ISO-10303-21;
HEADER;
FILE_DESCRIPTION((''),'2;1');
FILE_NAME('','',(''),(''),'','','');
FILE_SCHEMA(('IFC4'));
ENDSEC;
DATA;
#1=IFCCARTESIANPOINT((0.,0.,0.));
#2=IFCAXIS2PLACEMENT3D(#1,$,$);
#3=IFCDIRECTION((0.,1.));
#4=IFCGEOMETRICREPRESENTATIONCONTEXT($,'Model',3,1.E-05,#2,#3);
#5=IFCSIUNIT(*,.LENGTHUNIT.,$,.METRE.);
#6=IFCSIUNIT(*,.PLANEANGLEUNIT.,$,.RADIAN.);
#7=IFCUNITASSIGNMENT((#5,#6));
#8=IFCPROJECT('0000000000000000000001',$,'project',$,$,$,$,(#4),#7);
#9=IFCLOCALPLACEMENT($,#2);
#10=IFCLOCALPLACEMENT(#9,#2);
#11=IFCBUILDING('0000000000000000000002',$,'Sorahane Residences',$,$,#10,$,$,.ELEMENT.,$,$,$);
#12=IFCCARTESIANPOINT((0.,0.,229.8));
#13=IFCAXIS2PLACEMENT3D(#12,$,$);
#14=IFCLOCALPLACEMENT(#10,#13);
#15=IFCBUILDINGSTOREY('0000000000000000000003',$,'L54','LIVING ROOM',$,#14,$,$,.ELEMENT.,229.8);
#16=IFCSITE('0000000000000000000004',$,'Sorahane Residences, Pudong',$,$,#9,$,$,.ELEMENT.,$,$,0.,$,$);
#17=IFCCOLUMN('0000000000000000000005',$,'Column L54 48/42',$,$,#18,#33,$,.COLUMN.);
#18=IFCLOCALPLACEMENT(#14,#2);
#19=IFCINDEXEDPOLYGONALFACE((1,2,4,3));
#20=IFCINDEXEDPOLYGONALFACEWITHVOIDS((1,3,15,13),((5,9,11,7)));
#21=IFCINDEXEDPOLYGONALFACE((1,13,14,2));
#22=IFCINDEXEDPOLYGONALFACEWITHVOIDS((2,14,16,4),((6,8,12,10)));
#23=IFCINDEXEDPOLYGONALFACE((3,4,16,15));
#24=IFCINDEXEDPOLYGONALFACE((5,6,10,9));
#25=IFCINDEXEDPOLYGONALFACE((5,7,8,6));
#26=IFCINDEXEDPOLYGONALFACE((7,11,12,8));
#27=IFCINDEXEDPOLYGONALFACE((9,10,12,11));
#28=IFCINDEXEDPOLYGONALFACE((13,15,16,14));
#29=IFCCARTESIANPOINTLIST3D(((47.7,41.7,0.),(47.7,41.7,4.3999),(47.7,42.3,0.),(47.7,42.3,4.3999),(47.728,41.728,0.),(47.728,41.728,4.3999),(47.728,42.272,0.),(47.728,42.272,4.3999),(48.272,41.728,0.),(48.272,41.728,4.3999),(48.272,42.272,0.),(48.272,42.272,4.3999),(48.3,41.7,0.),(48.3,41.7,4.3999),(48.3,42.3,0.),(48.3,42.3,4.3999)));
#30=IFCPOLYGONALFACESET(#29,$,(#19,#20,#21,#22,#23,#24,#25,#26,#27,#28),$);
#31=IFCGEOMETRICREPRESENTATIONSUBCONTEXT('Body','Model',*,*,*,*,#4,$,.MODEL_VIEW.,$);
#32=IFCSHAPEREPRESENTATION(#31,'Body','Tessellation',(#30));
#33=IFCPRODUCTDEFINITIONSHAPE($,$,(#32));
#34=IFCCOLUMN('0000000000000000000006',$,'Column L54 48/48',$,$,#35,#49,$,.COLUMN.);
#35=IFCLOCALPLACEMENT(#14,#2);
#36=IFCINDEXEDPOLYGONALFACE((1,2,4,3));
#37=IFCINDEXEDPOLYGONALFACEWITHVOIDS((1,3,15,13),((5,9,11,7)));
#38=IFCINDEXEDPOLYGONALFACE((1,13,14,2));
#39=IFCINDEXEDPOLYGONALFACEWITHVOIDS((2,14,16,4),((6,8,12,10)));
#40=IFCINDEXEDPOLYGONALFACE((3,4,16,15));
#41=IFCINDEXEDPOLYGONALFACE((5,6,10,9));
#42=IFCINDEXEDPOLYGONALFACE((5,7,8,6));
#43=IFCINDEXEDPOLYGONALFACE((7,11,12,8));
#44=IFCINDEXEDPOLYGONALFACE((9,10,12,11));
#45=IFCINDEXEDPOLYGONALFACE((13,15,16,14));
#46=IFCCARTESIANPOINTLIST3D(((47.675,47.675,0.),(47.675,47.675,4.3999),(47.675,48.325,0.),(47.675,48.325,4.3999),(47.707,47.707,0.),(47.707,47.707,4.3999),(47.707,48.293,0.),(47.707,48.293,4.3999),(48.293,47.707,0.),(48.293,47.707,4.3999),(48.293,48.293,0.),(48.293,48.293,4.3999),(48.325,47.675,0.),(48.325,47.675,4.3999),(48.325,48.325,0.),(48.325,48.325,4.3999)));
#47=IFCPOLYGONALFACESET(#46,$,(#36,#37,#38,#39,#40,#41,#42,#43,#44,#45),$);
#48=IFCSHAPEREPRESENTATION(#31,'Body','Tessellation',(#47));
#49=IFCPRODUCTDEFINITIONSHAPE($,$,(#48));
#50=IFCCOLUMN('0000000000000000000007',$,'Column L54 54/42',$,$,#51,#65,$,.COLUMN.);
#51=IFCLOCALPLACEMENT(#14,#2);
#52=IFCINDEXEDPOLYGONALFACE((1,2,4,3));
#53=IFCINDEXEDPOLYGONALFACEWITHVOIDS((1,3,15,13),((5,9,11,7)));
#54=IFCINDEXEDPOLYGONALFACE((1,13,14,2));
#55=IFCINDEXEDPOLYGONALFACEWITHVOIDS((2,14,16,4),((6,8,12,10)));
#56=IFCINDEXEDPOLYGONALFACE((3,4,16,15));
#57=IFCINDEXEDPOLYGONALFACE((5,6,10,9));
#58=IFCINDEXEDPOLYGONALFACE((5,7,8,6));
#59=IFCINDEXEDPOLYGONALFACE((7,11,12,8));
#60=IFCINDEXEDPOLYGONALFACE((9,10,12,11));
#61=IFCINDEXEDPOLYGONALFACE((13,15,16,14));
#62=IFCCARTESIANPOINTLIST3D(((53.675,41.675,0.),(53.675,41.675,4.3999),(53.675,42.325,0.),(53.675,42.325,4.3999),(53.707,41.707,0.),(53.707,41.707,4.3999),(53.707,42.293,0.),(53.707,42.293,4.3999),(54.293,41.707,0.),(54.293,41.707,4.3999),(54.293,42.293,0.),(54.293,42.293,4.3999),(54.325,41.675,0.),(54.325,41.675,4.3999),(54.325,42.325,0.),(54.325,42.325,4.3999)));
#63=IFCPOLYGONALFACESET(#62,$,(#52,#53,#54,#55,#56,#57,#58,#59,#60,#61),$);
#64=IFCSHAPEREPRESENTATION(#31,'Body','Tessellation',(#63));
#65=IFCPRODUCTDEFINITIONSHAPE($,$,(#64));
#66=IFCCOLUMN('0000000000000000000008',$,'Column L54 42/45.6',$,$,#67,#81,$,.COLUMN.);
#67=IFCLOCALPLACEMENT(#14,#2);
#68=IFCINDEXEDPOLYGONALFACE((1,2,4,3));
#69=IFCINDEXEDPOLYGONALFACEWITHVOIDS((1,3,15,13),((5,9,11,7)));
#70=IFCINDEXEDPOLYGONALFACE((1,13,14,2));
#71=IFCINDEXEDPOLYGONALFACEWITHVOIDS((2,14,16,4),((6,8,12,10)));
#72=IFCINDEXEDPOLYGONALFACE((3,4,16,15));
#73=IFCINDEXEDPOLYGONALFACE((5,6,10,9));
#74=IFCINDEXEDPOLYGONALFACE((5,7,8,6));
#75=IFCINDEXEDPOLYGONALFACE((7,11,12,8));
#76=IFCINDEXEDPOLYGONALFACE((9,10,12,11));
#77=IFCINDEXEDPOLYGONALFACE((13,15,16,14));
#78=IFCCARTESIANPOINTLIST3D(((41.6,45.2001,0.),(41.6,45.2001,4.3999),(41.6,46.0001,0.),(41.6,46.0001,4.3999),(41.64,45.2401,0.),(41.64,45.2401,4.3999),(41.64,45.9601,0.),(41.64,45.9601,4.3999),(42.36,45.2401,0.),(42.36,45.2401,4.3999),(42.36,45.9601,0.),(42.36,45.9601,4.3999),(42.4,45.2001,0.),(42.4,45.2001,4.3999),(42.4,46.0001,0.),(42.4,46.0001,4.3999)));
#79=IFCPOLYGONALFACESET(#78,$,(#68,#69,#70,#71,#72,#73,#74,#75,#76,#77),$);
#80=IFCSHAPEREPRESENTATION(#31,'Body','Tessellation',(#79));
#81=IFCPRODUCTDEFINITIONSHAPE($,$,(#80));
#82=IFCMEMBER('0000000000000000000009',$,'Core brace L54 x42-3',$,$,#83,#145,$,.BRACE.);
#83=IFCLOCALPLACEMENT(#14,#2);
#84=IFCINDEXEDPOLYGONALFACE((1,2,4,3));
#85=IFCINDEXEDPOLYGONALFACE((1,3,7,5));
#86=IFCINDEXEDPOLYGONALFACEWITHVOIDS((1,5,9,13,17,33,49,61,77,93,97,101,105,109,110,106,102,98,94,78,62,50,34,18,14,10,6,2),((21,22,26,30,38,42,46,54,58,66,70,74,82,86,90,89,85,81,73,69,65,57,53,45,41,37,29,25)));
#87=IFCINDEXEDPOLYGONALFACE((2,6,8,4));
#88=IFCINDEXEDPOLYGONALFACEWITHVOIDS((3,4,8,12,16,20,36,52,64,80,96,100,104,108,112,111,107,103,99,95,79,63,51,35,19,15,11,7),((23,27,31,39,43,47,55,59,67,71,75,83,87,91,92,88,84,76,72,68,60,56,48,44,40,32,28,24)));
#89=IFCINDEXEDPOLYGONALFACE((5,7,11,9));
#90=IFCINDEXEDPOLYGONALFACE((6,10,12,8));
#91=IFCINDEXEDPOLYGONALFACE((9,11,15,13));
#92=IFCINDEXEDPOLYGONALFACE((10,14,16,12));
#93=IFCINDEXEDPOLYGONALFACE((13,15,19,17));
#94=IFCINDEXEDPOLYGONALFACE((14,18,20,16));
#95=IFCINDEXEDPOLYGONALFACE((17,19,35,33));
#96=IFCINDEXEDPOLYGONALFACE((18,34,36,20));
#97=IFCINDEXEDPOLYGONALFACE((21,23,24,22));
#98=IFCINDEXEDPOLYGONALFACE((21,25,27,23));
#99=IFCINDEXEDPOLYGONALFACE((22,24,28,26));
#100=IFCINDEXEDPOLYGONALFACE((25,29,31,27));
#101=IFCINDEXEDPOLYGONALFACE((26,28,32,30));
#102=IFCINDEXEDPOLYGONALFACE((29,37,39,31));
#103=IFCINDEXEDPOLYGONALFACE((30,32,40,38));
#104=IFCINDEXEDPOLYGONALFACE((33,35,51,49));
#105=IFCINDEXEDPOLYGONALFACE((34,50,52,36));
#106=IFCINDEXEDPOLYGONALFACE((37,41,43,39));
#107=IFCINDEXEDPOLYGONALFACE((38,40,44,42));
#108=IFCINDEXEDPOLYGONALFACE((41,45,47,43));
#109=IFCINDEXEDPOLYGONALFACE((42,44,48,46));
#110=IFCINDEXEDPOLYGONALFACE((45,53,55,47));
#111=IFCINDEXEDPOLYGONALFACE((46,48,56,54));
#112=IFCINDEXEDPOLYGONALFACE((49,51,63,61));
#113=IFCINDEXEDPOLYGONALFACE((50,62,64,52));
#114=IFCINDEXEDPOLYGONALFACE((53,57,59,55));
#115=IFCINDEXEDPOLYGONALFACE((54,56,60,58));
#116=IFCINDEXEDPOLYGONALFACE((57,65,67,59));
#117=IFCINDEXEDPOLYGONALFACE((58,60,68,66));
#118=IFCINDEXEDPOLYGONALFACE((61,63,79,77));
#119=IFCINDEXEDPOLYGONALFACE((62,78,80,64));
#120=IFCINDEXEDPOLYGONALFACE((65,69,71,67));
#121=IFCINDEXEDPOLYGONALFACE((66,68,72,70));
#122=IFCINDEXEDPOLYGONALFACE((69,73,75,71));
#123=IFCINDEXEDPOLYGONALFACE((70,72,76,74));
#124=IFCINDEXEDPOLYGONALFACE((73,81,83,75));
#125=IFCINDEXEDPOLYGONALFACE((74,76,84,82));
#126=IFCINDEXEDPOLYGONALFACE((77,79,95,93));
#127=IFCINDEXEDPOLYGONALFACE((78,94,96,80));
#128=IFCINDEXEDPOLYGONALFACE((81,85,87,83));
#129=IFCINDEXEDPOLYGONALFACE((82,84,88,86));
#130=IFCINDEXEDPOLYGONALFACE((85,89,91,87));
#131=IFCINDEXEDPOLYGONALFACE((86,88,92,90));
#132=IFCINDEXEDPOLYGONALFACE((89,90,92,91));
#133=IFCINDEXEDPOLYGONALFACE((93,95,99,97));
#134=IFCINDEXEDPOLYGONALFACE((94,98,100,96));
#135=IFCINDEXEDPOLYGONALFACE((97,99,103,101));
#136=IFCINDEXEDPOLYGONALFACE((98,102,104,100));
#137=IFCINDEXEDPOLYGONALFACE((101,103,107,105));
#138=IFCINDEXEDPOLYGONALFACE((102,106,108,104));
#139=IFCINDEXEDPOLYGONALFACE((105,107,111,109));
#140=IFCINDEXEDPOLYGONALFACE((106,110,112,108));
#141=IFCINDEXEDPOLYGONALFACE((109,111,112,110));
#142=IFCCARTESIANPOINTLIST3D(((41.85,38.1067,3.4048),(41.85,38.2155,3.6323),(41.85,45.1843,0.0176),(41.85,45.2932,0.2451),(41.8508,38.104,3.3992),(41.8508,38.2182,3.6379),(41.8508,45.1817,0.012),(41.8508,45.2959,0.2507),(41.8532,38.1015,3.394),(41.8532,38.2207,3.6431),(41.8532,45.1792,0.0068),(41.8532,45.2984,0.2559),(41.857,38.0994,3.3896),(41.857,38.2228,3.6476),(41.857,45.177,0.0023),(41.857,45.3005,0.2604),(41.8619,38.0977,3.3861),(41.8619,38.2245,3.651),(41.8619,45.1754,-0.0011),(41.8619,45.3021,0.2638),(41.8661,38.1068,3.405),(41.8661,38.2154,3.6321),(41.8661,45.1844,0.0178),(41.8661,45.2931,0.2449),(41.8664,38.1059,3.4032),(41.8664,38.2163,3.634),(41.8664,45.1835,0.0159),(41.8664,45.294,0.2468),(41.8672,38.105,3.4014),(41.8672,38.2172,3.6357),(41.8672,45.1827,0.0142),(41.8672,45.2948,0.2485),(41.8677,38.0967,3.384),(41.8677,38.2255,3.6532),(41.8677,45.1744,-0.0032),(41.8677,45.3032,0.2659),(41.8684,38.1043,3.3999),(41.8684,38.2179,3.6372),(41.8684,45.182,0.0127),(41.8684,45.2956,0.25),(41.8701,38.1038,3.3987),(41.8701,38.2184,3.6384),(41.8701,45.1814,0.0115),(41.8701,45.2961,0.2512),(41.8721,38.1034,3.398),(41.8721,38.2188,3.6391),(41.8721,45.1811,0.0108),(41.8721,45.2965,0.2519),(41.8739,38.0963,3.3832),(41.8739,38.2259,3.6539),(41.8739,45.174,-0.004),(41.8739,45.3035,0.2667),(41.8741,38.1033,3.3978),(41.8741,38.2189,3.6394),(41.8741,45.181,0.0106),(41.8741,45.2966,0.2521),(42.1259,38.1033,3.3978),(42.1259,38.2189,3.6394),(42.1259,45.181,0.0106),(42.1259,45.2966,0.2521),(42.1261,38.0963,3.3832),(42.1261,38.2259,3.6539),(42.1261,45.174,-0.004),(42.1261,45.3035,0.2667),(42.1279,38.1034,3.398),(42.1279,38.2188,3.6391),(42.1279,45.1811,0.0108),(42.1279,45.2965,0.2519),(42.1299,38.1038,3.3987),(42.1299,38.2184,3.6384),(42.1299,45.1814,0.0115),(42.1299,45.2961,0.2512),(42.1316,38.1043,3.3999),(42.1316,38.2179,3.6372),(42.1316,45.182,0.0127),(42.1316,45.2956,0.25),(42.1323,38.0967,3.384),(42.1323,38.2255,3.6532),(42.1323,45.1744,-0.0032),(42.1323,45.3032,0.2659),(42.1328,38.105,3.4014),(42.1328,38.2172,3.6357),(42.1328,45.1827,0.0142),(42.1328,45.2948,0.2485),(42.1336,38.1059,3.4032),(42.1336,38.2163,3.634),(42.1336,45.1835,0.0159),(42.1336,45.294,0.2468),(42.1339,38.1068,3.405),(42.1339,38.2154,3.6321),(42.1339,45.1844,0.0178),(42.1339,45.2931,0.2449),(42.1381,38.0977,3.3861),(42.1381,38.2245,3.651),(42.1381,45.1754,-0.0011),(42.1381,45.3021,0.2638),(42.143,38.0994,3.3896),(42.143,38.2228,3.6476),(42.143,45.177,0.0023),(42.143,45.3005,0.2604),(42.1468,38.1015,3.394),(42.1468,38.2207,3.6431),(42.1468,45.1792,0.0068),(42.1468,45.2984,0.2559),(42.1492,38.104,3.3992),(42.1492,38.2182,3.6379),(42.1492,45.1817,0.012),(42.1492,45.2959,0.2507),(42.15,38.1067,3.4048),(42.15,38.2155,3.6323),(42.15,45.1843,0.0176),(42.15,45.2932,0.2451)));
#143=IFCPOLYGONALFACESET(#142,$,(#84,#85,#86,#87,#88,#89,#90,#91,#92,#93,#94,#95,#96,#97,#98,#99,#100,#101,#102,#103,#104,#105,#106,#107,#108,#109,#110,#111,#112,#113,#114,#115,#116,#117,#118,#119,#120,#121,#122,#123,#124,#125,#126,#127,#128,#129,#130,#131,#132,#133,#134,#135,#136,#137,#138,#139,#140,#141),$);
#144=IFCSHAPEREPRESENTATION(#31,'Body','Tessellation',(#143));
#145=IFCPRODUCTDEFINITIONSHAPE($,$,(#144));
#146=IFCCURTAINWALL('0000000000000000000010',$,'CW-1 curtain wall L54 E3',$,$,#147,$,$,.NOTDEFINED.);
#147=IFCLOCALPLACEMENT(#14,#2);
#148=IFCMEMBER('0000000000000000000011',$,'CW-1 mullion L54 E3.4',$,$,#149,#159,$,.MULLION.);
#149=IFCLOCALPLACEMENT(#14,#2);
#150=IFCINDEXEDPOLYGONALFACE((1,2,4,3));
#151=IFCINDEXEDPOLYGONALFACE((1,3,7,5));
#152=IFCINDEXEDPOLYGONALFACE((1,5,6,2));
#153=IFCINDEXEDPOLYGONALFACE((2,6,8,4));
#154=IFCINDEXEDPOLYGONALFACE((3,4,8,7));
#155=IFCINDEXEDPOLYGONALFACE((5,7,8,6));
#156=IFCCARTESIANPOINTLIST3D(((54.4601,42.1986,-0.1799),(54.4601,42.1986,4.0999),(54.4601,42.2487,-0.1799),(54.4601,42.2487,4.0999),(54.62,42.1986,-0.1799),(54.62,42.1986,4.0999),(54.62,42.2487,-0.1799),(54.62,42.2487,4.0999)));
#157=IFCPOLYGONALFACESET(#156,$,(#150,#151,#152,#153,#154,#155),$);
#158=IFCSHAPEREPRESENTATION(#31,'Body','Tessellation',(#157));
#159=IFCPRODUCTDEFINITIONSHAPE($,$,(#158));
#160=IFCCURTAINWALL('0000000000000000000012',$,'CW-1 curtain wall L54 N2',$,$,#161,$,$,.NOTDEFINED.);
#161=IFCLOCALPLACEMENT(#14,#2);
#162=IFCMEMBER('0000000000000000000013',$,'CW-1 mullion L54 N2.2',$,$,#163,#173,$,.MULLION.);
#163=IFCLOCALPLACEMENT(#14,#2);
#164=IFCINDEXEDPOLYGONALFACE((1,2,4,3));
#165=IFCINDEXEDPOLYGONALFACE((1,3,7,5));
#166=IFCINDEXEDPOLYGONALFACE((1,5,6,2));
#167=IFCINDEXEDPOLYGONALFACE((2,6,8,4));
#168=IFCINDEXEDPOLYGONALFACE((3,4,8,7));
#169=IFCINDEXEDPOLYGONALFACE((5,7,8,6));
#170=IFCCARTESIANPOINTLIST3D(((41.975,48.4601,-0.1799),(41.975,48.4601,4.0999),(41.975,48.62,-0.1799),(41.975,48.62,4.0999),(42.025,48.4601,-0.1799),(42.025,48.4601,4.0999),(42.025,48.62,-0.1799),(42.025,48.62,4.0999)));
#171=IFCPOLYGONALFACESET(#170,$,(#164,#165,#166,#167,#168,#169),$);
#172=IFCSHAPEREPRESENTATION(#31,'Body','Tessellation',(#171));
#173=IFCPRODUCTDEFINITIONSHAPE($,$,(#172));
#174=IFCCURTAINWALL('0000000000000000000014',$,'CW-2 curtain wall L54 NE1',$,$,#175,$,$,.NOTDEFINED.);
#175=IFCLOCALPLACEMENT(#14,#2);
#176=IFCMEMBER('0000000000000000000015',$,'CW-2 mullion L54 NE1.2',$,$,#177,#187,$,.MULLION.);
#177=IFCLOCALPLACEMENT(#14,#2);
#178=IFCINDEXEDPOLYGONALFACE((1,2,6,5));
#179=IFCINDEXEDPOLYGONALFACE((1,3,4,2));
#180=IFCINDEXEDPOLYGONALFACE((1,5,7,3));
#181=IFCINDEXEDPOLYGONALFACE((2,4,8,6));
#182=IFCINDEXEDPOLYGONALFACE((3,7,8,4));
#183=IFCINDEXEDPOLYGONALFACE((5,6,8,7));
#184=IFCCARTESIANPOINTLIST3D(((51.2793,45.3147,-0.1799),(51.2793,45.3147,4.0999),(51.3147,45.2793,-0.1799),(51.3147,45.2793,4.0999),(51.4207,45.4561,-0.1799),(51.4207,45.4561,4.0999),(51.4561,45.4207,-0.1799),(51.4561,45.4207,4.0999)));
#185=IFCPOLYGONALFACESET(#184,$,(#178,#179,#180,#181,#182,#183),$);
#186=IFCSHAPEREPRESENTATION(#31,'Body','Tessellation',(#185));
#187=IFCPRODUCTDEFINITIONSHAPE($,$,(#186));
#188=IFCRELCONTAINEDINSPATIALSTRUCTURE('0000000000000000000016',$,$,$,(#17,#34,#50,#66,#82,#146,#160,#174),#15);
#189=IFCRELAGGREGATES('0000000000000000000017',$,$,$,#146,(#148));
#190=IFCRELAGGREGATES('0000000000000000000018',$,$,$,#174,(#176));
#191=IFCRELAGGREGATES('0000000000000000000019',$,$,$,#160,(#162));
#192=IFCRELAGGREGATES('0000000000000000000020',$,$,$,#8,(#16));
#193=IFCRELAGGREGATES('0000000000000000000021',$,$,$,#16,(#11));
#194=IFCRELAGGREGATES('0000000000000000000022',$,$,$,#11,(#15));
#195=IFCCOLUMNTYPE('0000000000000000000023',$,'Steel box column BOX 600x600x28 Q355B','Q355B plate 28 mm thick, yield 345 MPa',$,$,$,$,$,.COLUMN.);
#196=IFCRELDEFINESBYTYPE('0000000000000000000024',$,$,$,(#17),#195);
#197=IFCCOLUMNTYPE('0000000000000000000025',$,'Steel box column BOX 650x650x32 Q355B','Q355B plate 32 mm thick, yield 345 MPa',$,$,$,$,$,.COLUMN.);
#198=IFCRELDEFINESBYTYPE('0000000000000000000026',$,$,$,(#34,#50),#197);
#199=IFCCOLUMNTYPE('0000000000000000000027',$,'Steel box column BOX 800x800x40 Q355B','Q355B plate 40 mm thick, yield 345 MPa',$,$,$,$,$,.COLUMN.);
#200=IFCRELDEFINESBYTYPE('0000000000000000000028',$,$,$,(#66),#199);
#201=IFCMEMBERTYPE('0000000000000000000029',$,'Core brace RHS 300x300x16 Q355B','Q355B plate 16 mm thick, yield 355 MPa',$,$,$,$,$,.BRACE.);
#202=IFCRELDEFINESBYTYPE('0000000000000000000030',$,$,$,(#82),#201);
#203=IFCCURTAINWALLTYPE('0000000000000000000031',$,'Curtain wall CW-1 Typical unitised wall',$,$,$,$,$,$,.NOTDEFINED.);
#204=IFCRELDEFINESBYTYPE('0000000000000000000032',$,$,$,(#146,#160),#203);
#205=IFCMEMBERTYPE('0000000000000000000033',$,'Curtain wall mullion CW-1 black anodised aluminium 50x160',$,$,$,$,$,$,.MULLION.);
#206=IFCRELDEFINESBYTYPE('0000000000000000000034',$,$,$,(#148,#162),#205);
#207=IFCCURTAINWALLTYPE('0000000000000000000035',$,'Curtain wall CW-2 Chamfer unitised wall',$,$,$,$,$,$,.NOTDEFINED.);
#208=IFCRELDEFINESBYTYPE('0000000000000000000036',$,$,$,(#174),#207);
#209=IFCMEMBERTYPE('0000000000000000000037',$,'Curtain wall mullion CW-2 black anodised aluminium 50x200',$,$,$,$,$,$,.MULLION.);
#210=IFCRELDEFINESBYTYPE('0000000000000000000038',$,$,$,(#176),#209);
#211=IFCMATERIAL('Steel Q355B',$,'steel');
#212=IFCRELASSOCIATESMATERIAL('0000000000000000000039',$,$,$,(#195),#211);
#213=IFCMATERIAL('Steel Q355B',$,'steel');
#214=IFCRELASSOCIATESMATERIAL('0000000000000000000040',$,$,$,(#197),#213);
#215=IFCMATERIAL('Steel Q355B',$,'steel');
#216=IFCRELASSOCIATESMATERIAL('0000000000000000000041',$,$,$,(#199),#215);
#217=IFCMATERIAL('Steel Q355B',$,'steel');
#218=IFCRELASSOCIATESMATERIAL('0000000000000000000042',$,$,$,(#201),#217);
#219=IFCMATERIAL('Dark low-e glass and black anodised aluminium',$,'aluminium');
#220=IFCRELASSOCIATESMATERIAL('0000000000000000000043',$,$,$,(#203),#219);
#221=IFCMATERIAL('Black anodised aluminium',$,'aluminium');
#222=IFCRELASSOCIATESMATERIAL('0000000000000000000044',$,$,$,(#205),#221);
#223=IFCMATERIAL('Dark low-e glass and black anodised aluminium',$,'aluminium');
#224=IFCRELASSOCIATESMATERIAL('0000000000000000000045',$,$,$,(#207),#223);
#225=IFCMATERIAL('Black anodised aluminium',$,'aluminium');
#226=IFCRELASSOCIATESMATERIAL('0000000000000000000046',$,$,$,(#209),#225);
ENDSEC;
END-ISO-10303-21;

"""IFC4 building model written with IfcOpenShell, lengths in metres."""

from ifc_helpers import new_model, si_unit, direction, frame, origin, origin_2d, place, context, subcontext, project, spatial, rectangle, hollow_rectangle, extrude, material, material_profile, profile_set, type_object, element, aggregate, save


model = new_model("IFC4")

# Units and contexts
model_context = context("Model", 3, precision=1e-05, world=origin(), true_north=direction((0.0, 1.0)))
body_context = subcontext(model_context, "Body", "Model", "MODEL_VIEW")
ifc_project = project(units=[si_unit("LENGTHUNIT", "METRE"), si_unit("PLANEANGLEUNIT", "RADIAN")], contexts=[model_context])

# Site, building, storey
site_placement = place(None, origin())
site = spatial("IfcSite", under=ifc_project, at=site_placement, Name="Sorahane Residences, Pudong", CompositionType="ELEMENT", RefElevation=0.0)
building_placement = place(site_placement, origin())
building = spatial("IfcBuilding", under=site, at=building_placement, Name="Sorahane Residences", CompositionType="ELEMENT")
storey_placement = place(building_placement, frame((0.0, 0.0, 229.8)))
storey = spatial("IfcBuildingStorey", under=building, at=storey_placement, Name="L54", Description="LIVING ROOM", CompositionType="ELEMENT", Elevation=229.8)

# Columns
ifc_material_1 = material(Name="Steel Q355B", Category="steel")
ifc_material_profile_1 = material_profile(ifc_material_1, hollow_rectangle(XDim=0.6001, YDim=0.6001, WallThickness=0.0281, at=origin_2d()), Name="BOX 600x600x28")
ifc_profile_set_1 = profile_set([ifc_material_profile_1], Name="Steel Q355B")
column_type_1 = type_object("IfcColumnType", Name="Steel box column BOX 600x600x28 Q355B", Description="Q355B plate 28 mm thick, yield 345 MPa", PredefinedType="COLUMN", material=ifc_profile_set_1)
column_1_placement = place(storey_placement, frame((48.0, 42.0, 0.0), z_axis=(0.0, 0.0, 1.0), x_axis=(1.0, 0.0, 0.0)))
element("IfcColumn", 1, at=column_1_placement, inside=storey, type_object=column_type_1, Name="Column L54 48/42", PredefinedType="COLUMN", context=body_context, shape_type="SweptSolid", body=[
    extrude(hollow_rectangle(XDim=0.6001, YDim=0.6001, WallThickness=0.0281, at=origin_2d()), origin(), (0.0, 0.0, 1.0), 4.3999),
])
ifc_material_2 = material(Name="Steel Q355B", Category="steel")
ifc_material_profile_2 = material_profile(ifc_material_2, hollow_rectangle(XDim=0.6499, YDim=0.6499, WallThickness=0.032, at=origin_2d()), Name="BOX 650x650x32")
ifc_profile_set_2 = profile_set([ifc_material_profile_2], Name="Steel Q355B")
column_type_2 = type_object("IfcColumnType", Name="Steel box column BOX 650x650x32 Q355B", Description="Q355B plate 32 mm thick, yield 345 MPa", PredefinedType="COLUMN", material=ifc_profile_set_2)
for number, where, z_axis, x_axis, name in (
    (2, (48.0, 48.0, 0.0), (0.0, 0.0, 1.0), (1.0, 0.0, 0.0), "Column L54 48/48"),
    (3, (54.0, 42.0, 0.0), (0.0, 0.0, 1.0), (1.0, 0.0, 0.0), "Column L54 54/42"),
):
    element("IfcColumn", number, at=place(storey_placement, frame(where, z_axis=z_axis, x_axis=x_axis)), inside=storey, type_object=column_type_2, Name=name, PredefinedType="COLUMN", context=body_context, shape_type="SweptSolid", body=[
        extrude(hollow_rectangle(XDim=0.6499, YDim=0.6499, WallThickness=0.032, at=origin_2d()), origin(), (0.0, 0.0, 1.0), 4.3999),
    ])
ifc_material_3 = material(Name="Steel Q355B", Category="steel")
ifc_material_profile_3 = material_profile(ifc_material_3, hollow_rectangle(XDim=0.8, YDim=0.8, WallThickness=0.04, at=origin_2d()), Name="BOX 800x800x40")
ifc_profile_set_3 = profile_set([ifc_material_profile_3], Name="Steel Q355B")
column_type_3 = type_object("IfcColumnType", Name="Steel box column BOX 800x800x40 Q355B", Description="Q355B plate 40 mm thick, yield 345 MPa", PredefinedType="COLUMN", material=ifc_profile_set_3)
column_2_placement = place(storey_placement, frame((42.0, 45.6001, 0.0), z_axis=(0.0, 0.0, 1.0), x_axis=(1.0, 0.0, 0.0)))
element("IfcColumn", 4, at=column_2_placement, inside=storey, type_object=column_type_3, Name="Column L54 42/45.6", PredefinedType="COLUMN", context=body_context, shape_type="SweptSolid", body=[
    extrude(hollow_rectangle(XDim=0.8, YDim=0.8, WallThickness=0.04, at=origin_2d()), origin(), (0.0, 0.0, 1.0), 4.3999),
])

# Member
ifc_material_4 = material(Name="Steel Q355B", Category="steel")
ifc_material_profile_4 = material_profile(ifc_material_4, hollow_rectangle(XDim=0.3, YDim=0.3, WallThickness=0.0161, InnerFilletRadius=0.0081, OuterFilletRadius=0.0239, at=origin_2d()), Name="RHS 300x300x16")
ifc_profile_set_4 = profile_set([ifc_material_profile_4], Name="Steel Q355B")
member_type_1 = type_object("IfcMemberType", Name="Core brace RHS 300x300x16 Q355B", Description="Q355B plate 16 mm thick, yield 355 MPa", PredefinedType="BRACE", material=ifc_profile_set_4)
member_1_placement = place(storey_placement, frame((42.0, 45.2388, 0.1313), z_axis=(0.0, -0.902023, 0.431689), x_axis=(1.0, 0.0, 0.0)))
element("IfcMember", 5, at=member_1_placement, inside=storey, type_object=member_type_1, Name="Core brace L54 x42-3", PredefinedType="BRACE", context=body_context, shape_type="SweptSolid", body=[
    extrude(hollow_rectangle(XDim=0.3, YDim=0.3, WallThickness=0.0161, InnerFilletRadius=0.0081, OuterFilletRadius=0.0239, at=origin_2d()), origin(), (0.0, 0.0, 1.0), 7.8464),
])

# Curtain walls, members
ifc_material_5 = material(Name="Dark low-e glass and black anodised aluminium", Category="aluminium")
curtain_wall_type_1 = type_object("IfcCurtainWallType", Name="Curtain wall CW-1 Typical unitised wall", PredefinedType="NOTDEFINED", material=ifc_material_5)
curtain_wall_1_placement = place(storey_placement, origin())
curtain_wall_1 = element("IfcCurtainWall", 6, at=curtain_wall_1_placement, inside=storey, type_object=curtain_wall_type_1, Name="CW-1 curtain wall L54 E3", PredefinedType="NOTDEFINED")
ifc_material_6 = material(Name="Black anodised aluminium", Category="aluminium")
ifc_material_profile_5 = material_profile(ifc_material_6, rectangle(XDim=0.1599, YDim=0.05, at=origin_2d()), Name="Curtain wall mullion CW-1 black anodised aluminium 50x160")
ifc_profile_set_5 = profile_set([ifc_material_profile_5], Name="Black anodised aluminium")
member_type_2 = type_object("IfcMemberType", Name="Curtain wall mullion CW-1 black anodised aluminium 50x160", PredefinedType="MULLION", material=ifc_profile_set_5)
member_2_placement = place(storey_placement, frame((54.54, 42.2236, -0.1799), z_axis=(0.0, 0.0, 1.0), x_axis=(1.0, 0.0, 0.0)))
member_2 = element("IfcMember", 7, at=member_2_placement, type_object=member_type_2, Name="CW-1 mullion L54 E3.4", PredefinedType="MULLION", context=body_context, shape_type="SweptSolid", body=[
    extrude(rectangle(XDim=0.1599, YDim=0.05, at=origin_2d()), origin(), (0.0, 0.0, 1.0), 4.2798),
])
aggregate(curtain_wall_1, [member_2])
curtain_wall_2_placement = place(storey_placement, origin())
curtain_wall_2 = element("IfcCurtainWall", 8, at=curtain_wall_2_placement, inside=storey, type_object=curtain_wall_type_1, Name="CW-1 curtain wall L54 N2", PredefinedType="NOTDEFINED")
member_3_placement = place(storey_placement, frame((42.0, 48.54, -0.1799), z_axis=(0.0, 0.0, 1.0), x_axis=(0.0, 1.0, 0.0)))
member_3 = element("IfcMember", 9, at=member_3_placement, type_object=member_type_2, Name="CW-1 mullion L54 N2.2", PredefinedType="MULLION", context=body_context, shape_type="SweptSolid", body=[
    extrude(rectangle(XDim=0.1599, YDim=0.05, at=origin_2d()), origin(), (0.0, 0.0, 1.0), 4.2798),
])

# Curtain wall, member
ifc_material_7 = material(Name="Dark low-e glass and black anodised aluminium", Category="aluminium")
curtain_wall_type_2 = type_object("IfcCurtainWallType", Name="Curtain wall CW-2 Chamfer unitised wall", PredefinedType="NOTDEFINED", material=ifc_material_7)
curtain_wall_3_placement = place(storey_placement, origin())
curtain_wall_3 = element("IfcCurtainWall", 10, at=curtain_wall_3_placement, inside=storey, type_object=curtain_wall_type_2, Name="CW-2 curtain wall L54 NE1", PredefinedType="NOTDEFINED")
ifc_material_8 = material(Name="Black anodised aluminium", Category="aluminium")
ifc_material_profile_6 = material_profile(ifc_material_8, rectangle(XDim=0.2, YDim=0.05, at=origin_2d()), Name="Curtain wall mullion CW-2 black anodised aluminium 50x200")
ifc_profile_set_6 = profile_set([ifc_material_profile_6], Name="Black anodised aluminium")
member_type_3 = type_object("IfcMemberType", Name="Curtain wall mullion CW-2 black anodised aluminium 50x200", PredefinedType="MULLION", material=ifc_profile_set_6)
member_4_placement = place(storey_placement, frame((51.3677, 45.3677, -0.1799), z_axis=(0.0, 0.0, 1.0), x_axis=(0.707107, 0.707107, 0.0)))
member_4 = element("IfcMember", 11, at=member_4_placement, type_object=member_type_3, Name="CW-2 mullion L54 NE1.2", PredefinedType="MULLION", context=body_context, shape_type="SweptSolid", body=[
    extrude(rectangle(XDim=0.2, YDim=0.05, at=origin_2d()), origin(), (0.0, 0.0, 1.0), 4.2798),
])

aggregate(curtain_wall_3, [member_4])
aggregate(curtain_wall_2, [member_3])

save(model, "model.ifc")
